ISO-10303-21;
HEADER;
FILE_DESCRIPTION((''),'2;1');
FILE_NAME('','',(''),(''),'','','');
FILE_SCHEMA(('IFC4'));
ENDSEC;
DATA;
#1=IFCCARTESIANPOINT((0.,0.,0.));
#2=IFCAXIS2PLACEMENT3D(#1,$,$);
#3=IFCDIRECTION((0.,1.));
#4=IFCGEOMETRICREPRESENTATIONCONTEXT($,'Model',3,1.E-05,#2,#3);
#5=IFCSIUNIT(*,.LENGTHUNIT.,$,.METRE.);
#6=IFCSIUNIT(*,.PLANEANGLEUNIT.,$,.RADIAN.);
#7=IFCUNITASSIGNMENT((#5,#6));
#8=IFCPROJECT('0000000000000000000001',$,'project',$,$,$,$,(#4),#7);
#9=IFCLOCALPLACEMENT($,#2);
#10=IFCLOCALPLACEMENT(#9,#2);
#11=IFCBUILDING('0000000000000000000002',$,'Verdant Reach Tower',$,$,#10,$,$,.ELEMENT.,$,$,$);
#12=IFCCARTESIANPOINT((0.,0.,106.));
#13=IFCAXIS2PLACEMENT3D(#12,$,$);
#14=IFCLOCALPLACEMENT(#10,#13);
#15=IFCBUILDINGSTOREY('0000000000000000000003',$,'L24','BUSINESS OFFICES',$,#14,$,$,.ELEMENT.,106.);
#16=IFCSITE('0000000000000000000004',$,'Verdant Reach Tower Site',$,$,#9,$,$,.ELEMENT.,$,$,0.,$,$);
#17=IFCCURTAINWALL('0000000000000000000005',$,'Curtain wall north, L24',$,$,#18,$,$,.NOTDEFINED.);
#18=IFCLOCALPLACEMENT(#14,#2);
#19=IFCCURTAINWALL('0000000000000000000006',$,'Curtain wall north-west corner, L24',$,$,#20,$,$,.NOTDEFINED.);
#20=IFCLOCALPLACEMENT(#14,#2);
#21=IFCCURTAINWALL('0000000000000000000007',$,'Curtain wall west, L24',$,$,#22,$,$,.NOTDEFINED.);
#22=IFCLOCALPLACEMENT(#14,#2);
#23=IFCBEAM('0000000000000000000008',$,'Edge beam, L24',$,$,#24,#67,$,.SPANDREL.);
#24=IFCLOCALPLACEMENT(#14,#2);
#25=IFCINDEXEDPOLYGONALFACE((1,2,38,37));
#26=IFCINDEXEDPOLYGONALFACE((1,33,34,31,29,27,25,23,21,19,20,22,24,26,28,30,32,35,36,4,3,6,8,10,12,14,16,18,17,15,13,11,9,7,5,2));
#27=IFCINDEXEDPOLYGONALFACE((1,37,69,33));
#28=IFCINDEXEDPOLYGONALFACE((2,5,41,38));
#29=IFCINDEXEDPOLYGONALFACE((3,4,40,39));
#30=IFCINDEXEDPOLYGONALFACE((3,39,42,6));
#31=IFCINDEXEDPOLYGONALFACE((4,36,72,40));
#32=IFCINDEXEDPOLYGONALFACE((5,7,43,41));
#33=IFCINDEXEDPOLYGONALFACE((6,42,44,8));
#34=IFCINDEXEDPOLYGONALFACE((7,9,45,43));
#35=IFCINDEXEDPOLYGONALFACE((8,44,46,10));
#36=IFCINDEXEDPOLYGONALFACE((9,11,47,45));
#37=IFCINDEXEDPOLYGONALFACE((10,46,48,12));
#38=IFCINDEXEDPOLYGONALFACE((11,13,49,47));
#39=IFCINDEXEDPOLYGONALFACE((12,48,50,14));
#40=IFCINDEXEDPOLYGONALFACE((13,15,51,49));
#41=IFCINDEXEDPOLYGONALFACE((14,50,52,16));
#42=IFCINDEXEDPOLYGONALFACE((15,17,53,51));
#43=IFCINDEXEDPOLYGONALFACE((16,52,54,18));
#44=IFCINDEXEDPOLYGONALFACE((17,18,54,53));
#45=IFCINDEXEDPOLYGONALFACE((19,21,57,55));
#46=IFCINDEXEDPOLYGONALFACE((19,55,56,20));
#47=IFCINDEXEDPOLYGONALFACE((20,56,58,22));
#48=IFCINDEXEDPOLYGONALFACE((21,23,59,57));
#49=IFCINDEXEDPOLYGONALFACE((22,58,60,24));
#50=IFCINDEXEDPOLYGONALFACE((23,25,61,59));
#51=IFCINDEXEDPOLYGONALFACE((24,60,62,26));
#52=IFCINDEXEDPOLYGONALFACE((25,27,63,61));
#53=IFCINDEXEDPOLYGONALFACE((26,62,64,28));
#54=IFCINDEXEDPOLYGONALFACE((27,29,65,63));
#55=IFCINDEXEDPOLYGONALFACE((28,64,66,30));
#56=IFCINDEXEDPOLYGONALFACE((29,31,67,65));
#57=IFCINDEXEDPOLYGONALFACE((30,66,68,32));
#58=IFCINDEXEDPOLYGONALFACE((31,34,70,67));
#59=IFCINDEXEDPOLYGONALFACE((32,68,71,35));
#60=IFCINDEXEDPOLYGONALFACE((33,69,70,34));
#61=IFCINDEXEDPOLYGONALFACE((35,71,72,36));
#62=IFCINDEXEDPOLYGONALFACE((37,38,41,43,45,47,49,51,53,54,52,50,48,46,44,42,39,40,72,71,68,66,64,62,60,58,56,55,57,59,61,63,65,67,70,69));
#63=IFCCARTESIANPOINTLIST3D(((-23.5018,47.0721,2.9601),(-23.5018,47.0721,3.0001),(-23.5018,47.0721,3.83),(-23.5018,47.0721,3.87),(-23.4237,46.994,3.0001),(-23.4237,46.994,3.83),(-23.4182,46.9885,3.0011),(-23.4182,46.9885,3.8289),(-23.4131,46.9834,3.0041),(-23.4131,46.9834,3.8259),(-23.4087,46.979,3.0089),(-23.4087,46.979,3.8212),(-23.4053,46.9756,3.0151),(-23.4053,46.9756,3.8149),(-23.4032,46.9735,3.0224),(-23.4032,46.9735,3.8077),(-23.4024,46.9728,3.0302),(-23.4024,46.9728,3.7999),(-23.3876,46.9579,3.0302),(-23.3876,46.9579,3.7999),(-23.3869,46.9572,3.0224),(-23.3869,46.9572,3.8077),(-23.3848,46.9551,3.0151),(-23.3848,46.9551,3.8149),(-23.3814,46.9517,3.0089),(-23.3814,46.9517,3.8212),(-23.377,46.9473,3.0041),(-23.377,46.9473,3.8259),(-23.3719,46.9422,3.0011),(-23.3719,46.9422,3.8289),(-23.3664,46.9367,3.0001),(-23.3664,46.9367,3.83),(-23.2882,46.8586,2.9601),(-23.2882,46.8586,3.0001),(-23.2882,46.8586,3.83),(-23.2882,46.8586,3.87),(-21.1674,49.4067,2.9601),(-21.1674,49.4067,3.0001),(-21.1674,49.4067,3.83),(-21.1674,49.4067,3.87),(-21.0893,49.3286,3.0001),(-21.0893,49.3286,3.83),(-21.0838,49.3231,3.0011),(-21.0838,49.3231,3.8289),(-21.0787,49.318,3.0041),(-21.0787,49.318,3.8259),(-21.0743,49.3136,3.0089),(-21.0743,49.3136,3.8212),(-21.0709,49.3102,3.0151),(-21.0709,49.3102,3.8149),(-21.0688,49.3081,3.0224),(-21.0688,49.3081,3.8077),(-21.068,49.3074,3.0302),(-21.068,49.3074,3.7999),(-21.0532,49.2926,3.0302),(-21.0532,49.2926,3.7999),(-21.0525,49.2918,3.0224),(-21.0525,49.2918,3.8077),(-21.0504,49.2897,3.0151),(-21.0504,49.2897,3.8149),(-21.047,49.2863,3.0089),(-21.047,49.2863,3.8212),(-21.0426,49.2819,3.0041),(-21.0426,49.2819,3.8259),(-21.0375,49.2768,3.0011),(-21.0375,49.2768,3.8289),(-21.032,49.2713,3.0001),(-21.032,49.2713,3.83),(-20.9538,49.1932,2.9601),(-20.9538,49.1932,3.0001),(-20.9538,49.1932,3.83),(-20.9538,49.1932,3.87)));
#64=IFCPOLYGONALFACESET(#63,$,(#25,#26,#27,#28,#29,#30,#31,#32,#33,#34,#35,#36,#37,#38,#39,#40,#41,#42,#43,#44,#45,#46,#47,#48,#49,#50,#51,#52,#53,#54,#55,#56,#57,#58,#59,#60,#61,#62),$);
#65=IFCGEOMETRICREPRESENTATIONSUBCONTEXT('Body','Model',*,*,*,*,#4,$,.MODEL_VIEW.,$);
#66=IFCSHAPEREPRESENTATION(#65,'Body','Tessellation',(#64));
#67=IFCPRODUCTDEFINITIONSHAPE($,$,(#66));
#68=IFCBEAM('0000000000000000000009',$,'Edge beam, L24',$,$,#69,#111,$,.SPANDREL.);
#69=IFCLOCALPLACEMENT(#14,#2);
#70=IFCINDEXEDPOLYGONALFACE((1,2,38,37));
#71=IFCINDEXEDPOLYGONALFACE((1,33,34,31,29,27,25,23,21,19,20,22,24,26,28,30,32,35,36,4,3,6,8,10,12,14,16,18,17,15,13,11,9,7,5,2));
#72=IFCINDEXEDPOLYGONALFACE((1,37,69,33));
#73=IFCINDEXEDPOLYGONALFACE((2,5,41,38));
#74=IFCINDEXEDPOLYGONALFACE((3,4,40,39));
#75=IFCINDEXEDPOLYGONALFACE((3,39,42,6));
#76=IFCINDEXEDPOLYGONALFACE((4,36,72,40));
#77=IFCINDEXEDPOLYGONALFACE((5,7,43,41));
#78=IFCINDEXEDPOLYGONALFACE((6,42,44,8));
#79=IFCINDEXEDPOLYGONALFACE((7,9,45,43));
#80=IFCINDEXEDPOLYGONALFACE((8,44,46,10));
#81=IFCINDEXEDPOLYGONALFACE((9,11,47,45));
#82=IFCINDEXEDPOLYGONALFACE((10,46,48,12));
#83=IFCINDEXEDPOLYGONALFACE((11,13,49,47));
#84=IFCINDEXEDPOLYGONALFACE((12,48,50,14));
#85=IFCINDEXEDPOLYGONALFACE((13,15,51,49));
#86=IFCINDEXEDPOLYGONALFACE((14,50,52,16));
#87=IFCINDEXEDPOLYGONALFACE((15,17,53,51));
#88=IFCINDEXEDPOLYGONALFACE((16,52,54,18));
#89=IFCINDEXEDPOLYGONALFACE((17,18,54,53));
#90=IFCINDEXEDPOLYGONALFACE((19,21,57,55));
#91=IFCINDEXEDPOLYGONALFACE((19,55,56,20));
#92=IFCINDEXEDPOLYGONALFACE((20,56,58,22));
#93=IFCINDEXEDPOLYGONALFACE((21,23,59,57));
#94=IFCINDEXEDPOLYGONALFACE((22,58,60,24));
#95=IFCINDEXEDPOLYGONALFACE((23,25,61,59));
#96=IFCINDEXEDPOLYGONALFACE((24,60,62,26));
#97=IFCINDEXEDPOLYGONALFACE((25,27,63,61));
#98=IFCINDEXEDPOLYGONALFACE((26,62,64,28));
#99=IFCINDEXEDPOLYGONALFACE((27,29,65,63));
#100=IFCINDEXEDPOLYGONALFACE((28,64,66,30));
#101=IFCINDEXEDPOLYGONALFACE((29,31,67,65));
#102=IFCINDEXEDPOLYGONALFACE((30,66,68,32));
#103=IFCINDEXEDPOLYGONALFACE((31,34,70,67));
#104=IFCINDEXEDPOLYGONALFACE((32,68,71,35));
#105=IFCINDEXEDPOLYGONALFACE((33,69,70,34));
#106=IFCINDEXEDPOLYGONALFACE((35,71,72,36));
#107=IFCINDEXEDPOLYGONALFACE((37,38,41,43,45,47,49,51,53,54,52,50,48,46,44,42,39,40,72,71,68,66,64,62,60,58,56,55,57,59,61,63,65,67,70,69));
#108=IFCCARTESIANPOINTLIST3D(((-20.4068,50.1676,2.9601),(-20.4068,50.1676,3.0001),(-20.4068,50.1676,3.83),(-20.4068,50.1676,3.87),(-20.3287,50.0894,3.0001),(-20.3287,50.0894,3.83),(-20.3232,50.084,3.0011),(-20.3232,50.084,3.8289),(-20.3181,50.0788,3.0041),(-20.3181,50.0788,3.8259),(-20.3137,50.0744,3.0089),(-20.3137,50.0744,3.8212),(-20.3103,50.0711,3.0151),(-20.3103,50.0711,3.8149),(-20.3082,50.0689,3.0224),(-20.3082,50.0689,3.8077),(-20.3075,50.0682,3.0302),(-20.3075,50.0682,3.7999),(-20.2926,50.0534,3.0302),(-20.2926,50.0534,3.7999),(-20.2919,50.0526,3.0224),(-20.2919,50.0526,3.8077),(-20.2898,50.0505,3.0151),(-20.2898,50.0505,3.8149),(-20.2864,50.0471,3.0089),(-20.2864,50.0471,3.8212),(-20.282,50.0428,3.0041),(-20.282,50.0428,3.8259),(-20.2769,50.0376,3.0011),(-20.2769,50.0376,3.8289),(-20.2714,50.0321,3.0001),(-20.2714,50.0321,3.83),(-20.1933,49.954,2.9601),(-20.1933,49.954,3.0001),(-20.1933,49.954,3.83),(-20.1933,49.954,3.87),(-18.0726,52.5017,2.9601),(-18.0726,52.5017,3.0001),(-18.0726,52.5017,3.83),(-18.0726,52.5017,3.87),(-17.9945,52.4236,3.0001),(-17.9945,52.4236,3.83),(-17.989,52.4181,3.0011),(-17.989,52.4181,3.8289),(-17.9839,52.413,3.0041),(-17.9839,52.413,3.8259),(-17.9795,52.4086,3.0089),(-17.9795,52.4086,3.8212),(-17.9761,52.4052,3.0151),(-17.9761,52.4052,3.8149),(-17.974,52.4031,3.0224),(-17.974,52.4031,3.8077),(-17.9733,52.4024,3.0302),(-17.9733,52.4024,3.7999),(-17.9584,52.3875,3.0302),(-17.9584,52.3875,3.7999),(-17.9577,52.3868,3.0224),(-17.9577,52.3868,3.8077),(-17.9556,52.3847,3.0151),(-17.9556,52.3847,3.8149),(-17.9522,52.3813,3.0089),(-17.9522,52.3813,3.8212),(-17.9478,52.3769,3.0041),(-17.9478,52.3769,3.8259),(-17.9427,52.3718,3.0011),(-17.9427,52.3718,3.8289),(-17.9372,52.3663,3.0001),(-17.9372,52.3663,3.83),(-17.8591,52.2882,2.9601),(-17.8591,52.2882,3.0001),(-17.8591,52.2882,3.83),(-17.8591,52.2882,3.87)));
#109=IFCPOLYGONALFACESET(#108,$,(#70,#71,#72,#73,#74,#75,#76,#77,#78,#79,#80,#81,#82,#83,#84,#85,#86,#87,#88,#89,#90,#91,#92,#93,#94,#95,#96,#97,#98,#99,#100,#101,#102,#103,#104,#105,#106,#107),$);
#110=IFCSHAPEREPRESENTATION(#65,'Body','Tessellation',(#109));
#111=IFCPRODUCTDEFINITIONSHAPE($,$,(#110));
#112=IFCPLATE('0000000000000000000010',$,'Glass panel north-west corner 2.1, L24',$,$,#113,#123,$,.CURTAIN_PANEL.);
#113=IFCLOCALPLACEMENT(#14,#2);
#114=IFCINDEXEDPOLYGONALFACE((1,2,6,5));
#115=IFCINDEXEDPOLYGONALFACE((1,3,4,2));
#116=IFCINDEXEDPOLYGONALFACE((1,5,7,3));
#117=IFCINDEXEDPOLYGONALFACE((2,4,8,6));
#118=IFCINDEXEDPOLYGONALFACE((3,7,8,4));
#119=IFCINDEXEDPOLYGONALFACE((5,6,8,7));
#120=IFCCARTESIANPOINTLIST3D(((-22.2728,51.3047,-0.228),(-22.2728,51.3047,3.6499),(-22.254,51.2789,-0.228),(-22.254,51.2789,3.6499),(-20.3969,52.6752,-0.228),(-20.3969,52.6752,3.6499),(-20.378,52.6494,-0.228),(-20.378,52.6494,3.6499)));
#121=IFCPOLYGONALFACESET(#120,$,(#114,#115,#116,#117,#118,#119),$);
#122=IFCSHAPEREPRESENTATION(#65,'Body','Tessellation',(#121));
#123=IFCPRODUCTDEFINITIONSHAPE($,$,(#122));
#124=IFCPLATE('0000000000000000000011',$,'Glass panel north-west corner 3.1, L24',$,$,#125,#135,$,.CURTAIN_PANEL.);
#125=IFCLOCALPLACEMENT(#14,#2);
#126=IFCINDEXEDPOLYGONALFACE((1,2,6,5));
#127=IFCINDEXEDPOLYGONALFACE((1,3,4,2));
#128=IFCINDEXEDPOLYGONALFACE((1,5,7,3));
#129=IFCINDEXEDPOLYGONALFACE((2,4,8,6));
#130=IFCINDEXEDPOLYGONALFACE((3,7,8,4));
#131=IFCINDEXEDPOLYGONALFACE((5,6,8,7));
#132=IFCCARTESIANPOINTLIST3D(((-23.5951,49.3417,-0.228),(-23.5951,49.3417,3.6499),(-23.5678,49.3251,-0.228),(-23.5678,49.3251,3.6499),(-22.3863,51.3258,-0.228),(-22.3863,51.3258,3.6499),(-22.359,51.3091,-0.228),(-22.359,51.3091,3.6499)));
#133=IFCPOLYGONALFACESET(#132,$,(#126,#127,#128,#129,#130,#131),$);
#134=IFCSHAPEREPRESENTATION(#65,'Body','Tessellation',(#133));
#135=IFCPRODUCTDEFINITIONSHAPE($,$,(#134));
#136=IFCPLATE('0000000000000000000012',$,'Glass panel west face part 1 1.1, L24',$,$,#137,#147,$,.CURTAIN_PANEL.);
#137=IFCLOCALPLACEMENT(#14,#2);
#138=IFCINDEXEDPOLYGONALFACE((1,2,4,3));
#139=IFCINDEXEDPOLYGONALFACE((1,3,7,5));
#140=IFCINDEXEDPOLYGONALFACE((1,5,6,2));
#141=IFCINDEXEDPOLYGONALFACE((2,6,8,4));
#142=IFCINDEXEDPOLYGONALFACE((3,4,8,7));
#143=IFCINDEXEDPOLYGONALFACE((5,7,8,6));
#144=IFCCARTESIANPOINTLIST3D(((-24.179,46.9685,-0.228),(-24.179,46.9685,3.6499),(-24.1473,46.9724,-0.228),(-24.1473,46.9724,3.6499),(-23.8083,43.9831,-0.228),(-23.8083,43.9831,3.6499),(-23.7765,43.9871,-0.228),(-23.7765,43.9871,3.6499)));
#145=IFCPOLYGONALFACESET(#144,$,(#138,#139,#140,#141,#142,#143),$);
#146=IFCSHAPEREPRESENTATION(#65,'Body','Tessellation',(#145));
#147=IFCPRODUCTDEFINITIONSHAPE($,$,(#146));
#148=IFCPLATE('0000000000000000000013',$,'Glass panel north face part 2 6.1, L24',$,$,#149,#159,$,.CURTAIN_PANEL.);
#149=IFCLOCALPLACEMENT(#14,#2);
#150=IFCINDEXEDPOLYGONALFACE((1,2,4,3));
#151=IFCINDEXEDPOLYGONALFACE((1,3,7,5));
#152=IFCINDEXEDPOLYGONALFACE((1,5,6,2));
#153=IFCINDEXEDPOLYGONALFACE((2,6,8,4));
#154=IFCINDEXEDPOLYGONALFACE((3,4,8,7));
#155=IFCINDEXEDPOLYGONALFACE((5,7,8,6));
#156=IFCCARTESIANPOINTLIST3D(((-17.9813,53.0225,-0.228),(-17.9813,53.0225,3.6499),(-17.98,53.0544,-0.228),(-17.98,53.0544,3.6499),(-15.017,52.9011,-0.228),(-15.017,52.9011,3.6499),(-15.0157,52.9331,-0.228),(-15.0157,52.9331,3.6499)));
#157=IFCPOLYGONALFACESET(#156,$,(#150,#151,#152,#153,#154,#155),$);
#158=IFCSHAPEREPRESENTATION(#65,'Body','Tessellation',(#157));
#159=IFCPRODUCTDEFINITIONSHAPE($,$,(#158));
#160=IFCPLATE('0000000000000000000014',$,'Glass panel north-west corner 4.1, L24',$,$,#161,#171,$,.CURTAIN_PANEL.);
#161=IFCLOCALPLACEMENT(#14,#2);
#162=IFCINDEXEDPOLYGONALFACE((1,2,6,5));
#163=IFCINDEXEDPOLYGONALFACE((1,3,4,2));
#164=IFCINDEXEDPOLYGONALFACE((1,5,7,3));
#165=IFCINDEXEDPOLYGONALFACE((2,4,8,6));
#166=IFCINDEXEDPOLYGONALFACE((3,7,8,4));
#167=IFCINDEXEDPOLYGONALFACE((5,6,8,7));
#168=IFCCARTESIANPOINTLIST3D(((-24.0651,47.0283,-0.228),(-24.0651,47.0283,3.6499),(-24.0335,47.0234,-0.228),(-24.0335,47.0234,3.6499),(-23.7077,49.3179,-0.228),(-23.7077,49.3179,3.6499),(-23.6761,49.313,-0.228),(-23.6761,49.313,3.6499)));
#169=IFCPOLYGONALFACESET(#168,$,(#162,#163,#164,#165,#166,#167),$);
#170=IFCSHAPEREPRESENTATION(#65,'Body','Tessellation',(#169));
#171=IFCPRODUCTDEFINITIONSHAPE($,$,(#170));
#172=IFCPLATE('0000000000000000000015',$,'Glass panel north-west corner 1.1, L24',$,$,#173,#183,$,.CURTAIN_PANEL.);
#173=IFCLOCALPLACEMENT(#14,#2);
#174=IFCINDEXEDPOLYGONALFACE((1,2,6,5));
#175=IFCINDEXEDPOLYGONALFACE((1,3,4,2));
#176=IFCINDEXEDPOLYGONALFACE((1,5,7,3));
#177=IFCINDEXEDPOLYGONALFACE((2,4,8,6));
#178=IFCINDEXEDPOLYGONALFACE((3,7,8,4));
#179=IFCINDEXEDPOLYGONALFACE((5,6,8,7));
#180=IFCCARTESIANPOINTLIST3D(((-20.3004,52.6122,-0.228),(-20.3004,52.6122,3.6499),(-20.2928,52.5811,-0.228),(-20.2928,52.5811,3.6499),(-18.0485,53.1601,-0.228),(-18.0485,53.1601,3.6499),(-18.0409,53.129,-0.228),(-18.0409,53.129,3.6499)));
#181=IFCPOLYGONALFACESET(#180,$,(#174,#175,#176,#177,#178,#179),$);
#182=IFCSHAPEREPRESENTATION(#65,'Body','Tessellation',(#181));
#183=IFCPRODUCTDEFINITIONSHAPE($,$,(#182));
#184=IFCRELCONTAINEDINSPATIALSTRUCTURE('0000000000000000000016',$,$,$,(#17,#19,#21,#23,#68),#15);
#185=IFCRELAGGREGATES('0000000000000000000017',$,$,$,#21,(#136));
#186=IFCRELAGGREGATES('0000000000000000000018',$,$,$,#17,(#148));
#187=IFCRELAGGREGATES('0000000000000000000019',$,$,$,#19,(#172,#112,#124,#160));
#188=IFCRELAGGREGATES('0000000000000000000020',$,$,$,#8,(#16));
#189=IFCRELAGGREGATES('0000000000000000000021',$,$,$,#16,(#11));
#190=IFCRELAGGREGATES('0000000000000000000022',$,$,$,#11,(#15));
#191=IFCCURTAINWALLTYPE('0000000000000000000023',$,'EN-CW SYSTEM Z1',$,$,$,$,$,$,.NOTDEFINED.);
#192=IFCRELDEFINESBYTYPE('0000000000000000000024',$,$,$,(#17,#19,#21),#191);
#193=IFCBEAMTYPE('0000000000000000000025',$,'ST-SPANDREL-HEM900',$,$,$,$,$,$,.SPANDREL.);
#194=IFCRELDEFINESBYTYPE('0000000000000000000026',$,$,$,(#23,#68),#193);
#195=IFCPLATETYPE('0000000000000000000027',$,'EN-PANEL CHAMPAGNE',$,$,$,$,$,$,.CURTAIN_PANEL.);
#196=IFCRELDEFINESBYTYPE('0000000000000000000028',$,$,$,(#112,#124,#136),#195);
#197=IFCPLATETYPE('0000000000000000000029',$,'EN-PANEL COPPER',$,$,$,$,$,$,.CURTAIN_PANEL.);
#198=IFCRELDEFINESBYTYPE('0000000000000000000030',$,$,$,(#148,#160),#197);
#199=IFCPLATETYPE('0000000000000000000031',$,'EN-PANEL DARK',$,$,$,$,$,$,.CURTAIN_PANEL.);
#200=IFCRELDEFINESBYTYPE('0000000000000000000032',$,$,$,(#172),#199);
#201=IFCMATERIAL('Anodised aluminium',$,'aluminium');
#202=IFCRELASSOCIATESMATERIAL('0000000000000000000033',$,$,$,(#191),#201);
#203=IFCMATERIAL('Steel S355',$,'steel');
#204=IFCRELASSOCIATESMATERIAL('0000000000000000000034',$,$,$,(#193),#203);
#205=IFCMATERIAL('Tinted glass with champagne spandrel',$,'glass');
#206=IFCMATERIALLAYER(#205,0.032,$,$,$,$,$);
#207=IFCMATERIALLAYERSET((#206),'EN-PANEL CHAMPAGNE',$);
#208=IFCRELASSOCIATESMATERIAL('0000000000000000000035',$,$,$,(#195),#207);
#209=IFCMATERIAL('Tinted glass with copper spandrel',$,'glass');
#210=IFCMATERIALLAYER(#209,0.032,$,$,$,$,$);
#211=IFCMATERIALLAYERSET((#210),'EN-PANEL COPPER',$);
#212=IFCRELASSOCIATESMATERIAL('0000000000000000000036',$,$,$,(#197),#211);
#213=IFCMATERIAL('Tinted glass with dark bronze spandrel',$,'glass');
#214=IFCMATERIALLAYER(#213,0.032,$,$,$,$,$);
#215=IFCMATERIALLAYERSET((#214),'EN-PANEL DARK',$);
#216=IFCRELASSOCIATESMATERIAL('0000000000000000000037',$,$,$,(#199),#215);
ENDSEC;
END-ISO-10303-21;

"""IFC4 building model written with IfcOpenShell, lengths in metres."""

from ifc_helpers import new_model, si_unit, direction, frame, origin, origin_2d, place, context, subcontext, project, spatial, rectangle, i_section, extrude, material, layer, layer_set, material_profile, profile_set, type_object, element, aggregate, save


model = new_model("IFC4")

# Units and contexts
model_context = context("Model", 3, precision=1e-05, world=origin(), true_north=direction((0.0, 1.0)))
body_context = subcontext(model_context, "Body", "Model", "MODEL_VIEW")
ifc_project = project(units=[si_unit("LENGTHUNIT", "METRE"), si_unit("PLANEANGLEUNIT", "RADIAN")], contexts=[model_context])

# Site, building, storey
site_placement = place(None, origin())
site = spatial("IfcSite", under=ifc_project, at=site_placement, Name="Verdant Reach Tower Site", CompositionType="ELEMENT", RefElevation=0.0)
building_placement = place(site_placement, origin())
building = spatial("IfcBuilding", under=site, at=building_placement, Name="Verdant Reach Tower", CompositionType="ELEMENT")
storey_placement = place(building_placement, frame((0.0, 0.0, 106.0)))
storey = spatial("IfcBuildingStorey", under=building, at=storey_placement, Name="L24", Description="BUSINESS OFFICES", CompositionType="ELEMENT", Elevation=106.0)

# Curtain wall
ifc_material_1 = material(Name="Anodised aluminium", Category="aluminium")
curtain_wall_type = type_object("IfcCurtainWallType", Name="EN-CW SYSTEM Z1", PredefinedType="NOTDEFINED", material=ifc_material_1)
curtain_wall_1_placement = place(storey_placement, origin())
curtain_wall_1 = element("IfcCurtainWall", 1, at=curtain_wall_1_placement, inside=storey, type_object=curtain_wall_type, Name="Curtain wall north, L24", PredefinedType="NOTDEFINED")

# Curtain walls
curtain_wall_2_placement = place(storey_placement, origin())
curtain_wall_2 = element("IfcCurtainWall", 2, at=curtain_wall_2_placement, inside=storey, type_object=curtain_wall_type, Name="Curtain wall north-west corner, L24", PredefinedType="NOTDEFINED")
curtain_wall_3_placement = place(storey_placement, origin())
curtain_wall_3 = element("IfcCurtainWall", 3, at=curtain_wall_3_placement, inside=storey, type_object=curtain_wall_type, Name="Curtain wall west, L24", PredefinedType="NOTDEFINED")

# Beams
ifc_material_2 = material(Name="Steel S355", Category="steel")
ifc_material_profile_1 = material_profile(ifc_material_2, i_section(OverallWidth=0.302, OverallDepth=0.9099, WebThickness=0.021, FlangeThickness=0.04, FilletRadius=0.03, at=origin_2d()), Name="HEM 900")
ifc_profile_set_1 = profile_set([ifc_material_profile_1], Name="Steel S355")
beam_type_1 = type_object("IfcBeamType", Name="ST-SPANDREL-HEM900", PredefinedType="SPANDREL", material=ifc_profile_set_1)
beam_1_placement = place(storey_placement, frame((-23.395, 46.9653, 3.415), z_axis=(0.70707, 0.707144, 0.0), x_axis=(-0.707144, 0.70707, 0.0)))
element("IfcBeam", 4, at=beam_1_placement, inside=storey, type_object=beam_type_1, Name="Edge beam, L24", PredefinedType="SPANDREL", context=body_context, shape_type="SweptSolid", body=[
    extrude(i_section(OverallWidth=0.302, OverallDepth=0.9099, WebThickness=0.021, FlangeThickness=0.04, FilletRadius=0.03, at=origin_2d()), origin(), (0.0, 0.0, 1.0), 3.3015),
])
beam_2_placement = place(storey_placement, frame((-20.3, 50.0608, 3.415), z_axis=(0.707107, 0.707107, 0.0), x_axis=(-0.707107, 0.707107, 0.0)))
element("IfcBeam", 5, at=beam_2_placement, inside=storey, type_object=beam_type_1, Name="Edge beam, L24", PredefinedType="SPANDREL", context=body_context, shape_type="SweptSolid", body=[
    extrude(i_section(OverallWidth=0.302, OverallDepth=0.9099, WebThickness=0.021, FlangeThickness=0.04, FilletRadius=0.03, at=origin_2d()), origin(), (0.0, 0.0, 1.0), 3.301),
])

# Plates
ifc_material_3 = material(Name="Tinted glass with champagne spandrel", Category="glass")
ifc_layer_1 = layer(ifc_material_3, 0.032)
ifc_layer_set_1 = layer_set([ifc_layer_1], Name="EN-PANEL CHAMPAGNE")
plate_type_1 = type_object("IfcPlateType", Name="EN-PANEL CHAMPAGNE", PredefinedType="CURTAIN_PANEL", material=ifc_layer_set_1)
plate_1_placement = place(storey_placement, frame((-21.3254, 51.9771, -0.228), z_axis=(0.0, 0.0, 1.0), x_axis=(-0.807457, -0.589927, 0.0)))
plate_1 = element("IfcPlate", 6, at=plate_1_placement, type_object=plate_type_1, Name="Glass panel north-west corner 2.1, L24", PredefinedType="CURTAIN_PANEL", context=body_context, shape_type="SweptSolid", body=[
    extrude(rectangle(XDim=2.3232, YDim=0.032, at=origin_2d()), origin(), (0.0, 0.0, 1.0), 3.8779),
])
plate_2_placement = place(storey_placement, frame((-22.9771, 50.3254, -0.228), z_axis=(0.0, 0.0, 1.0), x_axis=(-0.520292, -0.853989, 0.0)))
plate_2 = element("IfcPlate", 7, at=plate_2_placement, type_object=plate_type_1, Name="Glass panel north-west corner 3.1, L24", PredefinedType="CURTAIN_PANEL", context=body_context, shape_type="SweptSolid", body=[
    extrude(rectangle(XDim=2.3232, YDim=0.032, at=origin_2d()), origin(), (0.0, 0.0, 1.0), 3.8779),
])
plate_3_placement = place(storey_placement, frame((-23.9778, 45.4778, -0.228), z_axis=(0.0, 0.0, 1.0), x_axis=(0.123256, -0.992375, 0.0)))
plate_3 = element("IfcPlate", 8, at=plate_3_placement, type_object=plate_type_1, Name="Glass panel west face part 1 1.1, L24", PredefinedType="CURTAIN_PANEL", context=body_context, shape_type="SweptSolid", body=[
    extrude(rectangle(XDim=3.0083, YDim=0.032, at=origin_2d()), origin(), (0.0, 0.0, 1.0), 3.8779),
])
aggregate(curtain_wall_3, [plate_3])
ifc_material_4 = material(Name="Tinted glass with copper spandrel", Category="glass")
ifc_layer_2 = layer(ifc_material_4, 0.032)
ifc_layer_set_2 = layer_set([ifc_layer_2], Name="EN-PANEL COPPER")
plate_type_2 = type_object("IfcPlateType", Name="EN-PANEL COPPER", PredefinedType="CURTAIN_PANEL", material=ifc_layer_set_2)
plate_4_placement = place(storey_placement, frame((-16.4985, 52.9778, -0.228), z_axis=(0.0, 0.0, 1.0), x_axis=(-0.999163, 0.04091, 0.0)))
plate_4 = element("IfcPlate", 9, at=plate_4_placement, type_object=plate_type_2, Name="Glass panel north face part 2 6.1, L24", PredefinedType="CURTAIN_PANEL", context=body_context, shape_type="SweptSolid", body=[
    extrude(rectangle(XDim=2.9668, YDim=0.032, at=origin_2d()), origin(), (0.0, 0.0, 1.0), 3.8779),
])
aggregate(curtain_wall_1, [plate_4])
plate_5_placement = place(storey_placement, frame((-23.8706, 48.1707, -0.228), z_axis=(0.0, 0.0, 1.0), x_axis=(-0.154248, -0.988032, 0.0)))
plate_5 = element("IfcPlate", 10, at=plate_5_placement, type_object=plate_type_2, Name="Glass panel north-west corner 4.1, L24", PredefinedType="CURTAIN_PANEL", context=body_context, shape_type="SweptSolid", body=[
    extrude(rectangle(XDim=2.3174, YDim=0.032, at=origin_2d()), origin(), (0.0, 0.0, 1.0), 3.8779),
])
ifc_material_5 = material(Name="Tinted glass with dark bronze spandrel", Category="glass")
ifc_layer_3 = layer(ifc_material_5, 0.032)
ifc_layer_set_3 = layer_set([ifc_layer_3], Name="EN-PANEL DARK")
plate_type_3 = type_object("IfcPlateType", Name="EN-PANEL DARK", PredefinedType="CURTAIN_PANEL", material=ifc_layer_set_3)
plate_6_placement = place(storey_placement, frame((-19.1707, 52.8706, -0.228), z_axis=(0.0, 0.0, 1.0), x_axis=(-0.971661, -0.23638, 0.0)))
plate_6 = element("IfcPlate", 11, at=plate_6_placement, type_object=plate_type_3, Name="Glass panel north-west corner 1.1, L24", PredefinedType="CURTAIN_PANEL", context=body_context, shape_type="SweptSolid", body=[
    extrude(rectangle(XDim=2.3176, YDim=0.032, at=origin_2d()), origin(), (0.0, 0.0, 1.0), 3.8779),
])
aggregate(curtain_wall_2, [plate_6, plate_1, plate_2, plate_5])

save(model, "model.ifc")
